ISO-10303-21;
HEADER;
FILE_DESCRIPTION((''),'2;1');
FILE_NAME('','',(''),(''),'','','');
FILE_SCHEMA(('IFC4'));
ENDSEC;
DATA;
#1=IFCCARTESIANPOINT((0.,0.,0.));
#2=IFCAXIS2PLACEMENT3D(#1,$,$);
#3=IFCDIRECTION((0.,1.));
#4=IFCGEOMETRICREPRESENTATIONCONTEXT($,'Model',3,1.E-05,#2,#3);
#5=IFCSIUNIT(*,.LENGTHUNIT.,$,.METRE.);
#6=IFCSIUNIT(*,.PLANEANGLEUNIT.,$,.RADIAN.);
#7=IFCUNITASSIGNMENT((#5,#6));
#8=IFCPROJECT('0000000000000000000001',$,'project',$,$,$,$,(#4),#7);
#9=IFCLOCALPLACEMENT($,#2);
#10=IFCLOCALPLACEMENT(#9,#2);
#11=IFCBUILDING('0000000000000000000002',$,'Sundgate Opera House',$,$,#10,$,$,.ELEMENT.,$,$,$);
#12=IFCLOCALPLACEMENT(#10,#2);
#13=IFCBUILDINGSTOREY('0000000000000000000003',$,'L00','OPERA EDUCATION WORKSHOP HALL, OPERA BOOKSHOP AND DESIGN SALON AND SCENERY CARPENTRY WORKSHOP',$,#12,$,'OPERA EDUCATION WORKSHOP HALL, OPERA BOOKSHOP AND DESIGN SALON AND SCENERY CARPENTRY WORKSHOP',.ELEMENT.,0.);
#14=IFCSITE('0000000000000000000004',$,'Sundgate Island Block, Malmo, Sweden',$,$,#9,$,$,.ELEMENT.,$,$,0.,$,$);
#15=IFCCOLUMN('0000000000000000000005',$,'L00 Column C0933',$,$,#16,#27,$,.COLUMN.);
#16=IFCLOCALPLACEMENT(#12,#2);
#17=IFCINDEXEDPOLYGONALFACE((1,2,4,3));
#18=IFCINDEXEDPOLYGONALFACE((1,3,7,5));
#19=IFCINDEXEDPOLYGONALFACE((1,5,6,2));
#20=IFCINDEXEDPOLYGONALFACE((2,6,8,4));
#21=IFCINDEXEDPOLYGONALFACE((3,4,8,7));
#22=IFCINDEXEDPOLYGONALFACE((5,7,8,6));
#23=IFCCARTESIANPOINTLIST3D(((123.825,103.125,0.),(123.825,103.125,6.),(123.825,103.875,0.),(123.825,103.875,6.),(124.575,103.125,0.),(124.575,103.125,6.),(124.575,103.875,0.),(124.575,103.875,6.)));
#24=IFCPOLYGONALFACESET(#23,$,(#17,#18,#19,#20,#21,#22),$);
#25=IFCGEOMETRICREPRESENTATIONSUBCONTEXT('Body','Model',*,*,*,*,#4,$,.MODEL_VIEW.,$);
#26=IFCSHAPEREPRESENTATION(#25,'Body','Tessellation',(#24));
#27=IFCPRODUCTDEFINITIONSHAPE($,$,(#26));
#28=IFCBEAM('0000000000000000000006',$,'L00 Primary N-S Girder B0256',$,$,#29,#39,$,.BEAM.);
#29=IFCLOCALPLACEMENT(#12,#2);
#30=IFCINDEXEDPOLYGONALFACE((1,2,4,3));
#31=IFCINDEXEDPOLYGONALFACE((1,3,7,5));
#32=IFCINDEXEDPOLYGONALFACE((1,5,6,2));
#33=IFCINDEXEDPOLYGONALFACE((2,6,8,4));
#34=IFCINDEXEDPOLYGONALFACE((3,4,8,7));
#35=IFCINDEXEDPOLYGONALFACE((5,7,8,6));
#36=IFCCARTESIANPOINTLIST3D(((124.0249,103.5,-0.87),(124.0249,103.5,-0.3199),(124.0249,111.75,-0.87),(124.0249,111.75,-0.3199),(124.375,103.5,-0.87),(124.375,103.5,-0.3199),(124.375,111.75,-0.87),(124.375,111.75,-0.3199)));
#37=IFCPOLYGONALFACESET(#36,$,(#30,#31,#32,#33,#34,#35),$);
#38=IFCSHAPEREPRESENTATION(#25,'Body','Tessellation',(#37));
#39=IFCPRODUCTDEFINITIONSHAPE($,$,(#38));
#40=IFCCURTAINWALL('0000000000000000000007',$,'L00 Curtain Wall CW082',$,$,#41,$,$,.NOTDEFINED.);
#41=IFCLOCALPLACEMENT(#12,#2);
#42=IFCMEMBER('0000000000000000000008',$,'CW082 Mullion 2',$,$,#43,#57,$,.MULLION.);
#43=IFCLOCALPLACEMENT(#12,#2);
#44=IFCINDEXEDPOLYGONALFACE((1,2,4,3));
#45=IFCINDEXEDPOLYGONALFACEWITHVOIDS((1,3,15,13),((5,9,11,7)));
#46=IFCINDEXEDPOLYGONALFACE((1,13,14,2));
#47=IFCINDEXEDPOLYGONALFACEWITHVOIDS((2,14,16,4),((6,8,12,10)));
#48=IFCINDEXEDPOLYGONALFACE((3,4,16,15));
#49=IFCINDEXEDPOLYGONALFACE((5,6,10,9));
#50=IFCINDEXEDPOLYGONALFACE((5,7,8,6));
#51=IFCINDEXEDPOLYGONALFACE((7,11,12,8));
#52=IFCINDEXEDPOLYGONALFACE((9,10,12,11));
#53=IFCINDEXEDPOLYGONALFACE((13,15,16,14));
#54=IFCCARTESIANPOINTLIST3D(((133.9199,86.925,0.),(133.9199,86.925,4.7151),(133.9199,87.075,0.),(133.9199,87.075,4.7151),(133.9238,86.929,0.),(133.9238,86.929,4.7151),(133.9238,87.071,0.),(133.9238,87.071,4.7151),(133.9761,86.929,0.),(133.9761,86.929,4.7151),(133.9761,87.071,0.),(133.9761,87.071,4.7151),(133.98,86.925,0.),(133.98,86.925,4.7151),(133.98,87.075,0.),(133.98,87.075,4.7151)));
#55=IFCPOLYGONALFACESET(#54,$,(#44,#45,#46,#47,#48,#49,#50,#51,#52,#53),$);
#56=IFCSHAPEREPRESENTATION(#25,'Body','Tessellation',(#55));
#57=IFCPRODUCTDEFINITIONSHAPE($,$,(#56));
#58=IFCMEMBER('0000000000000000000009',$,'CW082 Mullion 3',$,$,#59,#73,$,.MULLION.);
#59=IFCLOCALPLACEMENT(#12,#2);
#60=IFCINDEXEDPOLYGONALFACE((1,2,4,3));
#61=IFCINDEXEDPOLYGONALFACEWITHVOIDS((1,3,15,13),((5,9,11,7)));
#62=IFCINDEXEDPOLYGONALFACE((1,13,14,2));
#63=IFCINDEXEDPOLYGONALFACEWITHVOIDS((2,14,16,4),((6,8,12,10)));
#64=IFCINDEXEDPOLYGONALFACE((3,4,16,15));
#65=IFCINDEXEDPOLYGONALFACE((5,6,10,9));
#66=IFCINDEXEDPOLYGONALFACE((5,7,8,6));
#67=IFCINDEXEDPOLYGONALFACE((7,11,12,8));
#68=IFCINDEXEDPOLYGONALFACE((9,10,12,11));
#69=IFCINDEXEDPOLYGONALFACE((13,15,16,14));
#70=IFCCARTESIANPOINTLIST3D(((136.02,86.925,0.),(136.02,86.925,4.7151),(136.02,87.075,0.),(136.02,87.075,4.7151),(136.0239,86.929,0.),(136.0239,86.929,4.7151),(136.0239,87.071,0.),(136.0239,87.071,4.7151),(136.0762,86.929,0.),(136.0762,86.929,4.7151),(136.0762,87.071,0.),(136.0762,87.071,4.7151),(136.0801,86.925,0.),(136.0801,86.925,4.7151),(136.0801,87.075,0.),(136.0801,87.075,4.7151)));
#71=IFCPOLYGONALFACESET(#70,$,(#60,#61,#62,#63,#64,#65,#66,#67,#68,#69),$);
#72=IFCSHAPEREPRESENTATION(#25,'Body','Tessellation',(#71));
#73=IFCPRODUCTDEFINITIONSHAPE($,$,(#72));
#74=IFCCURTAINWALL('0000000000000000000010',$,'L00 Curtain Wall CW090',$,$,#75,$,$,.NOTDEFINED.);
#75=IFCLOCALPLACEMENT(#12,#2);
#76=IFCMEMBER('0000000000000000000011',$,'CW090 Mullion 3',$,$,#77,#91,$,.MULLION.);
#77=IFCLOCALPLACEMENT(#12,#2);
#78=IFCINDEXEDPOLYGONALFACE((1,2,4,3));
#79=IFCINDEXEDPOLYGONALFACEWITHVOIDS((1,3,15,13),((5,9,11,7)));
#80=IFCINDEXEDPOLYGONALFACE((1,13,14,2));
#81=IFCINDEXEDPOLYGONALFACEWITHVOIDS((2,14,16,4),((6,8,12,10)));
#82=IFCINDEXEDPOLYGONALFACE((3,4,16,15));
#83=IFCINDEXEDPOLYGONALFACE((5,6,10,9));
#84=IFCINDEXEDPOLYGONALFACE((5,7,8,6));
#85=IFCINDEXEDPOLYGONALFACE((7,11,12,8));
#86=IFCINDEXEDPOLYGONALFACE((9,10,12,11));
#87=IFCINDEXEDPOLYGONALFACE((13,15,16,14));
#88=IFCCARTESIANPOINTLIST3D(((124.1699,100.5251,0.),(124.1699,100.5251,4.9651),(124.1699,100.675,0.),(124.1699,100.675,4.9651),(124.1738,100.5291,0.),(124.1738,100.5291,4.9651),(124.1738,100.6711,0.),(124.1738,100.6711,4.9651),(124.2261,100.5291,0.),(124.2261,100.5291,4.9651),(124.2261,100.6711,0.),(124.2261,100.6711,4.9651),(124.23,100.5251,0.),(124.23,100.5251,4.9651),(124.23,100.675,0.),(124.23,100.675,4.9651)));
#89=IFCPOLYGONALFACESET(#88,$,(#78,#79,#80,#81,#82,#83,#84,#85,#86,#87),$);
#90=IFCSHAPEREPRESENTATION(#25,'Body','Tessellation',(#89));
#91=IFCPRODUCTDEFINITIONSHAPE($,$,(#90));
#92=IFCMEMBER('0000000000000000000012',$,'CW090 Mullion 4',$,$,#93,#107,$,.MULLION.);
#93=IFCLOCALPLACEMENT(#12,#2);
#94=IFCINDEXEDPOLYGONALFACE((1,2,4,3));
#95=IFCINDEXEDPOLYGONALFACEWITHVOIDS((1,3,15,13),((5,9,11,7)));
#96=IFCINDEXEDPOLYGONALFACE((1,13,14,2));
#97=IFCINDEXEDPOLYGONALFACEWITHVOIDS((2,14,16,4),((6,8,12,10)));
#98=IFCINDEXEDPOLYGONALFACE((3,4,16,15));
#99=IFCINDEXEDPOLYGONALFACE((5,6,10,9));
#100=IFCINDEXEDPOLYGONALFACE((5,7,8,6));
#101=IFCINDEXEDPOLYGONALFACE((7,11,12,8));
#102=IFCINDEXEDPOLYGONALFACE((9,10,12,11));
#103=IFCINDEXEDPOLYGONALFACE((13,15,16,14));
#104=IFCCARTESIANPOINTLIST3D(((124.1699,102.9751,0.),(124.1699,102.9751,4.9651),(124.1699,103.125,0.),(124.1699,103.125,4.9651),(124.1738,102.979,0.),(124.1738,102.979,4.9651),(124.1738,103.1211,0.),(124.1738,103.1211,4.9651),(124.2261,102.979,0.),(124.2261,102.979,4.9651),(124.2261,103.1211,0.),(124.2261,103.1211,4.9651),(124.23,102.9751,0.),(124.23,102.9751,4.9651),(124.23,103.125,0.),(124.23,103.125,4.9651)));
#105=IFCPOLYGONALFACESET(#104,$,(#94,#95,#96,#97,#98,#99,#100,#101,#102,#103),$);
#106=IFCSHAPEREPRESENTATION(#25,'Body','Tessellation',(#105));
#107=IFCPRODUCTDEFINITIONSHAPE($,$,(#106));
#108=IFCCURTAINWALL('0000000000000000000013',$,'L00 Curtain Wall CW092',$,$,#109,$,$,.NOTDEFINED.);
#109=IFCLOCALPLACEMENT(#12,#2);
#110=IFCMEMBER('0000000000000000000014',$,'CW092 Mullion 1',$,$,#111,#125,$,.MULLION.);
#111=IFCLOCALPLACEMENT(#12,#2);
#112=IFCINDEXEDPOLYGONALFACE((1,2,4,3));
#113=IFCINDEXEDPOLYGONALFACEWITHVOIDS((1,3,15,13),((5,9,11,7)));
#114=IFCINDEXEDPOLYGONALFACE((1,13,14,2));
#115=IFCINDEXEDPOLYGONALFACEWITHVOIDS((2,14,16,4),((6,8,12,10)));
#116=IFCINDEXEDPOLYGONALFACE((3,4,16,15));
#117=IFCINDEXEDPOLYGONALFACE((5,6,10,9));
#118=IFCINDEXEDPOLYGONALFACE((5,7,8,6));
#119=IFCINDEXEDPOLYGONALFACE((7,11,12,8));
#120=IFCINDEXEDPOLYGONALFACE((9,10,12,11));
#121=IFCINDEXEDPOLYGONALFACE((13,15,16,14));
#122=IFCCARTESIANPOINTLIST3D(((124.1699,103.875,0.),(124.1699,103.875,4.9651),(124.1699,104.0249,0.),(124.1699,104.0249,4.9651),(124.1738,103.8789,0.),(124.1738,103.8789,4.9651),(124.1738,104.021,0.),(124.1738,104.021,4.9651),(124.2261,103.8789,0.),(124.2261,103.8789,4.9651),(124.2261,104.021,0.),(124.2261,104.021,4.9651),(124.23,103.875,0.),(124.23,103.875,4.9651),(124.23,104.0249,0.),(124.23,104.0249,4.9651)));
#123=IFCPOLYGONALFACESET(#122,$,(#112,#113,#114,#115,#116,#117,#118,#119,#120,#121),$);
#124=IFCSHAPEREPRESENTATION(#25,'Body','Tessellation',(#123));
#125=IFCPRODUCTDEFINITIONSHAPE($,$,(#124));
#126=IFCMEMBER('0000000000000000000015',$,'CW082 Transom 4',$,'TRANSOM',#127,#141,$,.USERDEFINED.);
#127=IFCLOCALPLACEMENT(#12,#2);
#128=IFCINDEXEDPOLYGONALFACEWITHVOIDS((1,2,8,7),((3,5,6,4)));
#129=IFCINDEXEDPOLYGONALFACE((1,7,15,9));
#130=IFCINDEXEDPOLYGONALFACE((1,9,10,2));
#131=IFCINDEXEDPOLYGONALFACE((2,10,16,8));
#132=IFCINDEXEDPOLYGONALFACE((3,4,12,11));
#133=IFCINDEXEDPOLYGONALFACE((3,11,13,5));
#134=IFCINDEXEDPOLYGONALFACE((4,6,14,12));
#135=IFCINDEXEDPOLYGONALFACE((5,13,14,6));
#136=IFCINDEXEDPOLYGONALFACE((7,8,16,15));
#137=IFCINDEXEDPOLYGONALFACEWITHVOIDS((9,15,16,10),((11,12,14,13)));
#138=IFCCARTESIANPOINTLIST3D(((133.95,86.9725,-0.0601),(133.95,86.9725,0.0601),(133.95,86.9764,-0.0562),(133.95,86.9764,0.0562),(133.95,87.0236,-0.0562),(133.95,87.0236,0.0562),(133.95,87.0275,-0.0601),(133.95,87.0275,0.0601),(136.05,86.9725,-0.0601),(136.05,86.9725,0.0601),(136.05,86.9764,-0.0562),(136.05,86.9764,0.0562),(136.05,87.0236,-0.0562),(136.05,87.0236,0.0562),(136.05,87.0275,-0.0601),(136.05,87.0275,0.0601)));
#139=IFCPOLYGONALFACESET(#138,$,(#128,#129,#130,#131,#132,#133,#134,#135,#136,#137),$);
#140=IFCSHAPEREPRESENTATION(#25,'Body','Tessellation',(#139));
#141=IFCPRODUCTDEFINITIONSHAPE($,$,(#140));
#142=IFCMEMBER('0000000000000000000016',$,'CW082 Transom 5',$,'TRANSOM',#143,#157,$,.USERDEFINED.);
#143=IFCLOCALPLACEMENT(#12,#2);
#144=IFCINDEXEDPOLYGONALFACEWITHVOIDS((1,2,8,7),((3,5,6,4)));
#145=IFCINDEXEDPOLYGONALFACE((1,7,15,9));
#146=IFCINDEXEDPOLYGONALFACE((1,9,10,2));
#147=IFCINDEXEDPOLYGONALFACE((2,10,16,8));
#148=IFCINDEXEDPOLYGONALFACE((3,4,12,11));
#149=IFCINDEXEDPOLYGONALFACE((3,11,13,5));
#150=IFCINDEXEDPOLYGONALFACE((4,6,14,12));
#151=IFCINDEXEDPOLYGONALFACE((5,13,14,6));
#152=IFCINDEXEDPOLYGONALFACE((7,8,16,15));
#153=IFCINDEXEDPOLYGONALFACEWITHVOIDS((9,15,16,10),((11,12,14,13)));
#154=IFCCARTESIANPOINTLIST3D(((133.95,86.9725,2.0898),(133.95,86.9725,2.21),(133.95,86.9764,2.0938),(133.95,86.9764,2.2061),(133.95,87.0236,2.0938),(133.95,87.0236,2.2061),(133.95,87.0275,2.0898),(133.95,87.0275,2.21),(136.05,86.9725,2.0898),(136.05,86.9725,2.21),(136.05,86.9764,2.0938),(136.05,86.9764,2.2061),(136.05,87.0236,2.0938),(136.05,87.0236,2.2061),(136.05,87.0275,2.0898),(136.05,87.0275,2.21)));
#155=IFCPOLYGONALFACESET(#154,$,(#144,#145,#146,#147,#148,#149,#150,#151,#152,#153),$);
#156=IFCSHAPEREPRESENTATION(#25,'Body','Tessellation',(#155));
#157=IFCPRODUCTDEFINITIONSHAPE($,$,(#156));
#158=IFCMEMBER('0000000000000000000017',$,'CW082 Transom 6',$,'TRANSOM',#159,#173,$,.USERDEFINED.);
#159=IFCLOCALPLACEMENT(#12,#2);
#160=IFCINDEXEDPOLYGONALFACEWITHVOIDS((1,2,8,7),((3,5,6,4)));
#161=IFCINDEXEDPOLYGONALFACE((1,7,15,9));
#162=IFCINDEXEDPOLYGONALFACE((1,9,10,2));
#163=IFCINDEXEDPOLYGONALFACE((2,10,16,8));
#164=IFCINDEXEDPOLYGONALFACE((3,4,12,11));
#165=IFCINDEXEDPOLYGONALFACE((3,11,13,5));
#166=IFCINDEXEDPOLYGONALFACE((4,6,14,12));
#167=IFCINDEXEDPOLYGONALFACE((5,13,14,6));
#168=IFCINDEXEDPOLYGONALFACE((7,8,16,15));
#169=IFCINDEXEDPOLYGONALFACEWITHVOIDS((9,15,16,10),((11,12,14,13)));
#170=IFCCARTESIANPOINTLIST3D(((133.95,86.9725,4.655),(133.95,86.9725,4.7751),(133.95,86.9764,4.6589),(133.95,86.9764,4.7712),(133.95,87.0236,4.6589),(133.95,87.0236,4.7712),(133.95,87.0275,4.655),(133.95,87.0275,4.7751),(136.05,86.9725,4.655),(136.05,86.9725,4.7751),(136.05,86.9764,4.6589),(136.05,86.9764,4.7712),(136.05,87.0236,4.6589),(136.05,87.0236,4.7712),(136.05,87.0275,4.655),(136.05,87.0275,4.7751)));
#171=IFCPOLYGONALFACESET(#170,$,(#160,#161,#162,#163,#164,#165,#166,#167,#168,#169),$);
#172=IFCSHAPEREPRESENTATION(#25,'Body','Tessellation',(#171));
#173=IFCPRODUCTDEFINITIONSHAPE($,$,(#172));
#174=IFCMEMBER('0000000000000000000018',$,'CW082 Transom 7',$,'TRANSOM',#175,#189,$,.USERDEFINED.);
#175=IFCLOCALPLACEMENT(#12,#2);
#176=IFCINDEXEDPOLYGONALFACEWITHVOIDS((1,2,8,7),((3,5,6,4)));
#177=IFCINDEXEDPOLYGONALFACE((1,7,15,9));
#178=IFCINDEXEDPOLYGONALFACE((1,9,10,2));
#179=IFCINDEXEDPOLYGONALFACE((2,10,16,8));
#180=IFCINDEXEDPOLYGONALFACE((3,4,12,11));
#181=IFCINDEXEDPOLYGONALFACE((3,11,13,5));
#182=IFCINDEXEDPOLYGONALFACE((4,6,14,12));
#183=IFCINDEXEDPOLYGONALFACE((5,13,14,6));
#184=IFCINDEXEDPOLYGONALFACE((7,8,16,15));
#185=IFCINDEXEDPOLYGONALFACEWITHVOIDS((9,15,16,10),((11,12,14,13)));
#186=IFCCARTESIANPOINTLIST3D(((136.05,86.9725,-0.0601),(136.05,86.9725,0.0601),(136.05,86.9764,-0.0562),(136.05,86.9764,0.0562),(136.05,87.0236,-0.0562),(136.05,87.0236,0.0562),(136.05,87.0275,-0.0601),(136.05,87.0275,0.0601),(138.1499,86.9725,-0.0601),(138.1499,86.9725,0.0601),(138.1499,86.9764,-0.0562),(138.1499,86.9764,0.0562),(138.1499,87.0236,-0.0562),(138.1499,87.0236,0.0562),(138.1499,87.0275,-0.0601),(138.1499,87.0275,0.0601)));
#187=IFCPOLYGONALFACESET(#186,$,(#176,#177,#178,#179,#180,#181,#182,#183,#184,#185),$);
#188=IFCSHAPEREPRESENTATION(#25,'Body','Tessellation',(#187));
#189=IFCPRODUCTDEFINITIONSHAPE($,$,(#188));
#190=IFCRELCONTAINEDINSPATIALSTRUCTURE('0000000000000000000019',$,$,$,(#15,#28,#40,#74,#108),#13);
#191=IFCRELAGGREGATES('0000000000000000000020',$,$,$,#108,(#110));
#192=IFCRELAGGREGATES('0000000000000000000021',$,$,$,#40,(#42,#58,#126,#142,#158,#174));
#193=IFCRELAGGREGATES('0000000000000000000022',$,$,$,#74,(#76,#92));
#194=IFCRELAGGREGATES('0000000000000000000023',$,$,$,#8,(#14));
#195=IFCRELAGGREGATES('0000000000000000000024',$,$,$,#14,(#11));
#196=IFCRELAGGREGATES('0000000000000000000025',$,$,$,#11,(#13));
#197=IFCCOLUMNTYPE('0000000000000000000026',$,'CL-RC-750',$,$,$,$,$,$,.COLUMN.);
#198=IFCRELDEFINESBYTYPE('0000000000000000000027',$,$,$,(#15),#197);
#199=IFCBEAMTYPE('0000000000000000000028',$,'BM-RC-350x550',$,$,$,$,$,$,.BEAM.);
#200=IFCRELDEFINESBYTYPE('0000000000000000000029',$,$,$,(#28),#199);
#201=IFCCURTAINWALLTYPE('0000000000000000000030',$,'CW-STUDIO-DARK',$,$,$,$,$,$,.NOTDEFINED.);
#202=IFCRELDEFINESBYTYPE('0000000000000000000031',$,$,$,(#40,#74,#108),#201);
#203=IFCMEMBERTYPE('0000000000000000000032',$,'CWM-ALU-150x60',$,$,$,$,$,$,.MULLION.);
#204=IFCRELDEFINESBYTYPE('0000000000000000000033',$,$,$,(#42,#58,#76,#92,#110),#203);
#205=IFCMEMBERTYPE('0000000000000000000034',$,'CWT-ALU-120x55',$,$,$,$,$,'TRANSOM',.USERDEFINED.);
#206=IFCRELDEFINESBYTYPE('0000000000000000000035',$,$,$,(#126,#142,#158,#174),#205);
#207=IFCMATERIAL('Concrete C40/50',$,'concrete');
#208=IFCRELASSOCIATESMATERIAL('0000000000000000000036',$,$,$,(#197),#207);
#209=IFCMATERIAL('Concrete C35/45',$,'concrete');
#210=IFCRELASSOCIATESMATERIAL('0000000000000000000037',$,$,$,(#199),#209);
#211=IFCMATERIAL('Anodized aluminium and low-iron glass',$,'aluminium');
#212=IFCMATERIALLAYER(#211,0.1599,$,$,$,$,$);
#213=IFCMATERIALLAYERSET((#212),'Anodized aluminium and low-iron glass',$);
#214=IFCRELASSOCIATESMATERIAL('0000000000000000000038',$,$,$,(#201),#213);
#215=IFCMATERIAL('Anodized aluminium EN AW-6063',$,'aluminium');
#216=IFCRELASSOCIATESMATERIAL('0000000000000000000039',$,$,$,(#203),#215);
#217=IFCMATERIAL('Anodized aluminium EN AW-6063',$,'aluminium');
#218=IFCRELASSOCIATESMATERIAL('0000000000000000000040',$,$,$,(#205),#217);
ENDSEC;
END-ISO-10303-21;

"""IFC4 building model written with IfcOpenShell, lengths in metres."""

from ifc_helpers import new_model, si_unit, direction, frame, origin, origin_2d, place, context, subcontext, project, spatial, rectangle, hollow_rectangle, extrude, material, layer, layer_set, material_profile, profile_set, type_object, element, aggregate, save


model = new_model("IFC4")

# Units and contexts
model_context = context("Model", 3, precision=1e-05, world=origin(), true_north=direction((0.0, 1.0)))
body_context = subcontext(model_context, "Body", "Model", "MODEL_VIEW")
ifc_project = project(units=[si_unit("LENGTHUNIT", "METRE"), si_unit("PLANEANGLEUNIT", "RADIAN")], contexts=[model_context])

# Site, building, storey
site_placement = place(None, origin())
site = spatial("IfcSite", under=ifc_project, at=site_placement, Name="Sundgate Island Block, Malmo, Sweden", CompositionType="ELEMENT", RefElevation=0.0)
building_placement = place(site_placement, origin())
building = spatial("IfcBuilding", under=site, at=building_placement, Name="Sundgate Opera House", CompositionType="ELEMENT")
storey_placement = place(building_placement, origin())
storey = spatial("IfcBuildingStorey", under=building, at=storey_placement, Name="L00", Description="OPERA EDUCATION WORKSHOP HALL, OPERA BOOKSHOP AND DESIGN SALON AND SCENERY CARPENTRY WORKSHOP", LongName="OPERA EDUCATION WORKSHOP HALL, OPERA BOOKSHOP AND DESIGN SALON AND SCENERY CARPENTRY WORKSHOP", CompositionType="ELEMENT", Elevation=0.0)

# Column
ifc_material_1 = material(Name="Concrete C40/50", Category="concrete")
ifc_material_profile_1 = material_profile(ifc_material_1, rectangle(XDim=0.75, YDim=0.75, at=origin_2d()), Name="RC 750x750")
ifc_profile_set_1 = profile_set([ifc_material_profile_1], Name="Concrete C40/50")
column_type = type_object("IfcColumnType", Name="CL-RC-750", PredefinedType="COLUMN", material=ifc_profile_set_1)
column_placement = place(storey_placement, frame((124.2, 103.5, 0.0), z_axis=(0.0, 0.0, 1.0), x_axis=(1.0, 0.0, 0.0)))
element("IfcColumn", 1, at=column_placement, inside=storey, type_object=column_type, Name="L00 Column C0933", PredefinedType="COLUMN", context=body_context, shape_type="SweptSolid", body=[
    extrude(rectangle(XDim=0.75, YDim=0.75, at=origin_2d()), origin(), (0.0, 0.0, 1.0), 6.0),
])

# Beam
ifc_material_2 = material(Name="Concrete C35/45", Category="concrete")
ifc_material_profile_2 = material_profile(ifc_material_2, rectangle(XDim=0.3501, YDim=0.55, at=origin_2d()), Name="RC 350x550")
ifc_profile_set_2 = profile_set([ifc_material_profile_2], Name="Concrete C35/45")
beam_type = type_object("IfcBeamType", Name="BM-RC-350x550", PredefinedType="BEAM", material=ifc_profile_set_2)
beam_placement = place(storey_placement, frame((124.2, 103.5, -0.595), z_axis=(0.0, 1.0, 0.0), x_axis=(-1.0, 0.0, 0.0)))
element("IfcBeam", 2, at=beam_placement, inside=storey, type_object=beam_type, Name="L00 Primary N-S Girder B0256", PredefinedType="BEAM", context=body_context, shape_type="SweptSolid", body=[
    extrude(rectangle(XDim=0.3501, YDim=0.55, at=origin_2d()), origin(), (0.0, 0.0, 1.0), 8.25),
])

# Curtain walls, members
ifc_material_3 = material(Name="Anodized aluminium and low-iron glass", Category="aluminium")
ifc_layer_1 = layer(ifc_material_3, 0.1599)
ifc_layer_set_1 = layer_set([ifc_layer_1], Name="Anodized aluminium and low-iron glass")
curtain_wall_type = type_object("IfcCurtainWallType", Name="CW-STUDIO-DARK", PredefinedType="NOTDEFINED", material=ifc_layer_set_1)
curtain_wall_1_placement = place(storey_placement, origin())
curtain_wall_1 = element("IfcCurtainWall", 3, at=curtain_wall_1_placement, inside=storey, type_object=curtain_wall_type, Name="L00 Curtain Wall CW082", PredefinedType="NOTDEFINED")
ifc_material_4 = material(Name="Anodized aluminium EN AW-6063", Category="aluminium")
ifc_material_profile_3 = material_profile(ifc_material_4, hollow_rectangle(XDim=0.0601, YDim=0.1499, WallThickness=0.0039, at=origin_2d()), Name="CWM 150x60x4")
ifc_profile_set_3 = profile_set([ifc_material_profile_3], Name="Anodized aluminium EN AW-6063")
member_type_1 = type_object("IfcMemberType", Name="CWM-ALU-150x60", PredefinedType="MULLION", material=ifc_profile_set_3)
member_1_placement = place(storey_placement, frame((133.95, 87.0, 0.0), z_axis=(0.0, 0.0, 1.0), x_axis=(1.0, 0.0, 0.0)))
member_1 = element("IfcMember", 4, at=member_1_placement, type_object=member_type_1, Name="CW082 Mullion 2", PredefinedType="MULLION", context=body_context, shape_type="SweptSolid", body=[
    extrude(hollow_rectangle(XDim=0.0601, YDim=0.1499, WallThickness=0.0039, at=origin_2d()), origin(), (0.0, 0.0, 1.0), 4.7151),
])
member_2_placement = place(storey_placement, frame((136.05, 87.0, 0.0), z_axis=(0.0, 0.0, 1.0), x_axis=(1.0, 0.0, 0.0)))
member_2 = element("IfcMember", 5, at=member_2_placement, type_object=member_type_1, Name="CW082 Mullion 3", PredefinedType="MULLION", context=body_context, shape_type="SweptSolid", body=[
    extrude(hollow_rectangle(XDim=0.0601, YDim=0.1499, WallThickness=0.0039, at=origin_2d()), origin(), (0.0, 0.0, 1.0), 4.7151),
])
curtain_wall_2_placement = place(storey_placement, origin())
curtain_wall_2 = element("IfcCurtainWall", 6, at=curtain_wall_2_placement, inside=storey, type_object=curtain_wall_type, Name="L00 Curtain Wall CW090", PredefinedType="NOTDEFINED")
member_3_placement = place(storey_placement, frame((124.2, 100.6001, 0.0), z_axis=(0.0, 0.0, 1.0), x_axis=(1.0, 0.0, 0.0)))
member_3 = element("IfcMember", 7, at=member_3_placement, type_object=member_type_1, Name="CW090 Mullion 3", PredefinedType="MULLION", context=body_context, shape_type="SweptSolid", body=[
    extrude(hollow_rectangle(XDim=0.0601, YDim=0.1499, WallThickness=0.0039, at=origin_2d()), origin(), (0.0, 0.0, 1.0), 4.9651),
])
member_4_placement = place(storey_placement, frame((124.2, 103.05, 0.0), z_axis=(0.0, 0.0, 1.0), x_axis=(1.0, 0.0, 0.0)))
member_4 = element("IfcMember", 8, at=member_4_placement, type_object=member_type_1, Name="CW090 Mullion 4", PredefinedType="MULLION", context=body_context, shape_type="SweptSolid", body=[
    extrude(hollow_rectangle(XDim=0.0601, YDim=0.1499, WallThickness=0.0039, at=origin_2d()), origin(), (0.0, 0.0, 1.0), 4.9651),
])

# Curtain wall, member
curtain_wall_3_placement = place(storey_placement, origin())
curtain_wall_3 = element("IfcCurtainWall", 9, at=curtain_wall_3_placement, inside=storey, type_object=curtain_wall_type, Name="L00 Curtain Wall CW092", PredefinedType="NOTDEFINED")
member_5_placement = place(storey_placement, frame((124.2, 103.95, 0.0), z_axis=(0.0, 0.0, 1.0), x_axis=(1.0, 0.0, 0.0)))
member_5 = element("IfcMember", 10, at=member_5_placement, type_object=member_type_1, Name="CW092 Mullion 1", PredefinedType="MULLION", context=body_context, shape_type="SweptSolid", body=[
    extrude(hollow_rectangle(XDim=0.0601, YDim=0.1499, WallThickness=0.0039, at=origin_2d()), origin(), (0.0, 0.0, 1.0), 4.9651),
])
aggregate(curtain_wall_3, [member_5])

# Members
ifc_material_5 = material(Name="Anodized aluminium EN AW-6063", Category="aluminium")
ifc_material_profile_4 = material_profile(ifc_material_5, hollow_rectangle(XDim=0.0549, YDim=0.1201, WallThickness=0.0039, at=origin_2d()), Name="CWT 120x55x4")
ifc_profile_set_4 = profile_set([ifc_material_profile_4], Name="Anodized aluminium EN AW-6063")
member_type_2 = type_object("IfcMemberType", Name="CWT-ALU-120x55", ElementType="TRANSOM", PredefinedType="USERDEFINED", material=ifc_profile_set_4)
member_6_placement = place(storey_placement, frame((133.95, 87.0, 0.0), z_axis=(1.0, 0.0, 0.0), x_axis=(0.0, 1.0, 0.0)))
member_6 = element("IfcMember", 11, at=member_6_placement, type_object=member_type_2, Name="CW082 Transom 4", ObjectType="TRANSOM", PredefinedType="USERDEFINED", context=body_context, shape_type="SweptSolid", body=[
    extrude(hollow_rectangle(XDim=0.0549, YDim=0.1201, WallThickness=0.0039, at=origin_2d()), origin(), (0.0, 0.0, 1.0), 2.1001),
])
member_7_placement = place(storey_placement, frame((133.95, 87.0, 2.1499), z_axis=(1.0, 0.0, 0.0), x_axis=(0.0, 1.0, 0.0)))
member_7 = element("IfcMember", 12, at=member_7_placement, type_object=member_type_2, Name="CW082 Transom 5", ObjectType="TRANSOM", PredefinedType="USERDEFINED", context=body_context, shape_type="SweptSolid", body=[
    extrude(hollow_rectangle(XDim=0.0549, YDim=0.1201, WallThickness=0.0039, at=origin_2d()), origin(), (0.0, 0.0, 1.0), 2.1001),
])
member_8_placement = place(storey_placement, frame((133.95, 87.0, 4.7151), z_axis=(1.0, 0.0, 0.0), x_axis=(0.0, 1.0, 0.0)))
member_8 = element("IfcMember", 13, at=member_8_placement, type_object=member_type_2, Name="CW082 Transom 6", ObjectType="TRANSOM", PredefinedType="USERDEFINED", context=body_context, shape_type="SweptSolid", body=[
    extrude(hollow_rectangle(XDim=0.0549, YDim=0.1201, WallThickness=0.0039, at=origin_2d()), origin(), (0.0, 0.0, 1.0), 2.1001),
])
member_9_placement = place(storey_placement, frame((136.05, 87.0, 0.0), z_axis=(1.0, 0.0, 0.0), x_axis=(0.0, 1.0, 0.0)))
member_9 = element("IfcMember", 14, at=member_9_placement, type_object=member_type_2, Name="CW082 Transom 7", ObjectType="TRANSOM", PredefinedType="USERDEFINED", context=body_context, shape_type="SweptSolid", body=[
    extrude(hollow_rectangle(XDim=0.0549, YDim=0.1201, WallThickness=0.0039, at=origin_2d()), origin(), (0.0, 0.0, 1.0), 2.0999),
])

aggregate(curtain_wall_1, [member_1, member_2, member_6, member_7, member_8, member_9])
aggregate(curtain_wall_2, [member_3, member_4])

save(model, "model.ifc")
